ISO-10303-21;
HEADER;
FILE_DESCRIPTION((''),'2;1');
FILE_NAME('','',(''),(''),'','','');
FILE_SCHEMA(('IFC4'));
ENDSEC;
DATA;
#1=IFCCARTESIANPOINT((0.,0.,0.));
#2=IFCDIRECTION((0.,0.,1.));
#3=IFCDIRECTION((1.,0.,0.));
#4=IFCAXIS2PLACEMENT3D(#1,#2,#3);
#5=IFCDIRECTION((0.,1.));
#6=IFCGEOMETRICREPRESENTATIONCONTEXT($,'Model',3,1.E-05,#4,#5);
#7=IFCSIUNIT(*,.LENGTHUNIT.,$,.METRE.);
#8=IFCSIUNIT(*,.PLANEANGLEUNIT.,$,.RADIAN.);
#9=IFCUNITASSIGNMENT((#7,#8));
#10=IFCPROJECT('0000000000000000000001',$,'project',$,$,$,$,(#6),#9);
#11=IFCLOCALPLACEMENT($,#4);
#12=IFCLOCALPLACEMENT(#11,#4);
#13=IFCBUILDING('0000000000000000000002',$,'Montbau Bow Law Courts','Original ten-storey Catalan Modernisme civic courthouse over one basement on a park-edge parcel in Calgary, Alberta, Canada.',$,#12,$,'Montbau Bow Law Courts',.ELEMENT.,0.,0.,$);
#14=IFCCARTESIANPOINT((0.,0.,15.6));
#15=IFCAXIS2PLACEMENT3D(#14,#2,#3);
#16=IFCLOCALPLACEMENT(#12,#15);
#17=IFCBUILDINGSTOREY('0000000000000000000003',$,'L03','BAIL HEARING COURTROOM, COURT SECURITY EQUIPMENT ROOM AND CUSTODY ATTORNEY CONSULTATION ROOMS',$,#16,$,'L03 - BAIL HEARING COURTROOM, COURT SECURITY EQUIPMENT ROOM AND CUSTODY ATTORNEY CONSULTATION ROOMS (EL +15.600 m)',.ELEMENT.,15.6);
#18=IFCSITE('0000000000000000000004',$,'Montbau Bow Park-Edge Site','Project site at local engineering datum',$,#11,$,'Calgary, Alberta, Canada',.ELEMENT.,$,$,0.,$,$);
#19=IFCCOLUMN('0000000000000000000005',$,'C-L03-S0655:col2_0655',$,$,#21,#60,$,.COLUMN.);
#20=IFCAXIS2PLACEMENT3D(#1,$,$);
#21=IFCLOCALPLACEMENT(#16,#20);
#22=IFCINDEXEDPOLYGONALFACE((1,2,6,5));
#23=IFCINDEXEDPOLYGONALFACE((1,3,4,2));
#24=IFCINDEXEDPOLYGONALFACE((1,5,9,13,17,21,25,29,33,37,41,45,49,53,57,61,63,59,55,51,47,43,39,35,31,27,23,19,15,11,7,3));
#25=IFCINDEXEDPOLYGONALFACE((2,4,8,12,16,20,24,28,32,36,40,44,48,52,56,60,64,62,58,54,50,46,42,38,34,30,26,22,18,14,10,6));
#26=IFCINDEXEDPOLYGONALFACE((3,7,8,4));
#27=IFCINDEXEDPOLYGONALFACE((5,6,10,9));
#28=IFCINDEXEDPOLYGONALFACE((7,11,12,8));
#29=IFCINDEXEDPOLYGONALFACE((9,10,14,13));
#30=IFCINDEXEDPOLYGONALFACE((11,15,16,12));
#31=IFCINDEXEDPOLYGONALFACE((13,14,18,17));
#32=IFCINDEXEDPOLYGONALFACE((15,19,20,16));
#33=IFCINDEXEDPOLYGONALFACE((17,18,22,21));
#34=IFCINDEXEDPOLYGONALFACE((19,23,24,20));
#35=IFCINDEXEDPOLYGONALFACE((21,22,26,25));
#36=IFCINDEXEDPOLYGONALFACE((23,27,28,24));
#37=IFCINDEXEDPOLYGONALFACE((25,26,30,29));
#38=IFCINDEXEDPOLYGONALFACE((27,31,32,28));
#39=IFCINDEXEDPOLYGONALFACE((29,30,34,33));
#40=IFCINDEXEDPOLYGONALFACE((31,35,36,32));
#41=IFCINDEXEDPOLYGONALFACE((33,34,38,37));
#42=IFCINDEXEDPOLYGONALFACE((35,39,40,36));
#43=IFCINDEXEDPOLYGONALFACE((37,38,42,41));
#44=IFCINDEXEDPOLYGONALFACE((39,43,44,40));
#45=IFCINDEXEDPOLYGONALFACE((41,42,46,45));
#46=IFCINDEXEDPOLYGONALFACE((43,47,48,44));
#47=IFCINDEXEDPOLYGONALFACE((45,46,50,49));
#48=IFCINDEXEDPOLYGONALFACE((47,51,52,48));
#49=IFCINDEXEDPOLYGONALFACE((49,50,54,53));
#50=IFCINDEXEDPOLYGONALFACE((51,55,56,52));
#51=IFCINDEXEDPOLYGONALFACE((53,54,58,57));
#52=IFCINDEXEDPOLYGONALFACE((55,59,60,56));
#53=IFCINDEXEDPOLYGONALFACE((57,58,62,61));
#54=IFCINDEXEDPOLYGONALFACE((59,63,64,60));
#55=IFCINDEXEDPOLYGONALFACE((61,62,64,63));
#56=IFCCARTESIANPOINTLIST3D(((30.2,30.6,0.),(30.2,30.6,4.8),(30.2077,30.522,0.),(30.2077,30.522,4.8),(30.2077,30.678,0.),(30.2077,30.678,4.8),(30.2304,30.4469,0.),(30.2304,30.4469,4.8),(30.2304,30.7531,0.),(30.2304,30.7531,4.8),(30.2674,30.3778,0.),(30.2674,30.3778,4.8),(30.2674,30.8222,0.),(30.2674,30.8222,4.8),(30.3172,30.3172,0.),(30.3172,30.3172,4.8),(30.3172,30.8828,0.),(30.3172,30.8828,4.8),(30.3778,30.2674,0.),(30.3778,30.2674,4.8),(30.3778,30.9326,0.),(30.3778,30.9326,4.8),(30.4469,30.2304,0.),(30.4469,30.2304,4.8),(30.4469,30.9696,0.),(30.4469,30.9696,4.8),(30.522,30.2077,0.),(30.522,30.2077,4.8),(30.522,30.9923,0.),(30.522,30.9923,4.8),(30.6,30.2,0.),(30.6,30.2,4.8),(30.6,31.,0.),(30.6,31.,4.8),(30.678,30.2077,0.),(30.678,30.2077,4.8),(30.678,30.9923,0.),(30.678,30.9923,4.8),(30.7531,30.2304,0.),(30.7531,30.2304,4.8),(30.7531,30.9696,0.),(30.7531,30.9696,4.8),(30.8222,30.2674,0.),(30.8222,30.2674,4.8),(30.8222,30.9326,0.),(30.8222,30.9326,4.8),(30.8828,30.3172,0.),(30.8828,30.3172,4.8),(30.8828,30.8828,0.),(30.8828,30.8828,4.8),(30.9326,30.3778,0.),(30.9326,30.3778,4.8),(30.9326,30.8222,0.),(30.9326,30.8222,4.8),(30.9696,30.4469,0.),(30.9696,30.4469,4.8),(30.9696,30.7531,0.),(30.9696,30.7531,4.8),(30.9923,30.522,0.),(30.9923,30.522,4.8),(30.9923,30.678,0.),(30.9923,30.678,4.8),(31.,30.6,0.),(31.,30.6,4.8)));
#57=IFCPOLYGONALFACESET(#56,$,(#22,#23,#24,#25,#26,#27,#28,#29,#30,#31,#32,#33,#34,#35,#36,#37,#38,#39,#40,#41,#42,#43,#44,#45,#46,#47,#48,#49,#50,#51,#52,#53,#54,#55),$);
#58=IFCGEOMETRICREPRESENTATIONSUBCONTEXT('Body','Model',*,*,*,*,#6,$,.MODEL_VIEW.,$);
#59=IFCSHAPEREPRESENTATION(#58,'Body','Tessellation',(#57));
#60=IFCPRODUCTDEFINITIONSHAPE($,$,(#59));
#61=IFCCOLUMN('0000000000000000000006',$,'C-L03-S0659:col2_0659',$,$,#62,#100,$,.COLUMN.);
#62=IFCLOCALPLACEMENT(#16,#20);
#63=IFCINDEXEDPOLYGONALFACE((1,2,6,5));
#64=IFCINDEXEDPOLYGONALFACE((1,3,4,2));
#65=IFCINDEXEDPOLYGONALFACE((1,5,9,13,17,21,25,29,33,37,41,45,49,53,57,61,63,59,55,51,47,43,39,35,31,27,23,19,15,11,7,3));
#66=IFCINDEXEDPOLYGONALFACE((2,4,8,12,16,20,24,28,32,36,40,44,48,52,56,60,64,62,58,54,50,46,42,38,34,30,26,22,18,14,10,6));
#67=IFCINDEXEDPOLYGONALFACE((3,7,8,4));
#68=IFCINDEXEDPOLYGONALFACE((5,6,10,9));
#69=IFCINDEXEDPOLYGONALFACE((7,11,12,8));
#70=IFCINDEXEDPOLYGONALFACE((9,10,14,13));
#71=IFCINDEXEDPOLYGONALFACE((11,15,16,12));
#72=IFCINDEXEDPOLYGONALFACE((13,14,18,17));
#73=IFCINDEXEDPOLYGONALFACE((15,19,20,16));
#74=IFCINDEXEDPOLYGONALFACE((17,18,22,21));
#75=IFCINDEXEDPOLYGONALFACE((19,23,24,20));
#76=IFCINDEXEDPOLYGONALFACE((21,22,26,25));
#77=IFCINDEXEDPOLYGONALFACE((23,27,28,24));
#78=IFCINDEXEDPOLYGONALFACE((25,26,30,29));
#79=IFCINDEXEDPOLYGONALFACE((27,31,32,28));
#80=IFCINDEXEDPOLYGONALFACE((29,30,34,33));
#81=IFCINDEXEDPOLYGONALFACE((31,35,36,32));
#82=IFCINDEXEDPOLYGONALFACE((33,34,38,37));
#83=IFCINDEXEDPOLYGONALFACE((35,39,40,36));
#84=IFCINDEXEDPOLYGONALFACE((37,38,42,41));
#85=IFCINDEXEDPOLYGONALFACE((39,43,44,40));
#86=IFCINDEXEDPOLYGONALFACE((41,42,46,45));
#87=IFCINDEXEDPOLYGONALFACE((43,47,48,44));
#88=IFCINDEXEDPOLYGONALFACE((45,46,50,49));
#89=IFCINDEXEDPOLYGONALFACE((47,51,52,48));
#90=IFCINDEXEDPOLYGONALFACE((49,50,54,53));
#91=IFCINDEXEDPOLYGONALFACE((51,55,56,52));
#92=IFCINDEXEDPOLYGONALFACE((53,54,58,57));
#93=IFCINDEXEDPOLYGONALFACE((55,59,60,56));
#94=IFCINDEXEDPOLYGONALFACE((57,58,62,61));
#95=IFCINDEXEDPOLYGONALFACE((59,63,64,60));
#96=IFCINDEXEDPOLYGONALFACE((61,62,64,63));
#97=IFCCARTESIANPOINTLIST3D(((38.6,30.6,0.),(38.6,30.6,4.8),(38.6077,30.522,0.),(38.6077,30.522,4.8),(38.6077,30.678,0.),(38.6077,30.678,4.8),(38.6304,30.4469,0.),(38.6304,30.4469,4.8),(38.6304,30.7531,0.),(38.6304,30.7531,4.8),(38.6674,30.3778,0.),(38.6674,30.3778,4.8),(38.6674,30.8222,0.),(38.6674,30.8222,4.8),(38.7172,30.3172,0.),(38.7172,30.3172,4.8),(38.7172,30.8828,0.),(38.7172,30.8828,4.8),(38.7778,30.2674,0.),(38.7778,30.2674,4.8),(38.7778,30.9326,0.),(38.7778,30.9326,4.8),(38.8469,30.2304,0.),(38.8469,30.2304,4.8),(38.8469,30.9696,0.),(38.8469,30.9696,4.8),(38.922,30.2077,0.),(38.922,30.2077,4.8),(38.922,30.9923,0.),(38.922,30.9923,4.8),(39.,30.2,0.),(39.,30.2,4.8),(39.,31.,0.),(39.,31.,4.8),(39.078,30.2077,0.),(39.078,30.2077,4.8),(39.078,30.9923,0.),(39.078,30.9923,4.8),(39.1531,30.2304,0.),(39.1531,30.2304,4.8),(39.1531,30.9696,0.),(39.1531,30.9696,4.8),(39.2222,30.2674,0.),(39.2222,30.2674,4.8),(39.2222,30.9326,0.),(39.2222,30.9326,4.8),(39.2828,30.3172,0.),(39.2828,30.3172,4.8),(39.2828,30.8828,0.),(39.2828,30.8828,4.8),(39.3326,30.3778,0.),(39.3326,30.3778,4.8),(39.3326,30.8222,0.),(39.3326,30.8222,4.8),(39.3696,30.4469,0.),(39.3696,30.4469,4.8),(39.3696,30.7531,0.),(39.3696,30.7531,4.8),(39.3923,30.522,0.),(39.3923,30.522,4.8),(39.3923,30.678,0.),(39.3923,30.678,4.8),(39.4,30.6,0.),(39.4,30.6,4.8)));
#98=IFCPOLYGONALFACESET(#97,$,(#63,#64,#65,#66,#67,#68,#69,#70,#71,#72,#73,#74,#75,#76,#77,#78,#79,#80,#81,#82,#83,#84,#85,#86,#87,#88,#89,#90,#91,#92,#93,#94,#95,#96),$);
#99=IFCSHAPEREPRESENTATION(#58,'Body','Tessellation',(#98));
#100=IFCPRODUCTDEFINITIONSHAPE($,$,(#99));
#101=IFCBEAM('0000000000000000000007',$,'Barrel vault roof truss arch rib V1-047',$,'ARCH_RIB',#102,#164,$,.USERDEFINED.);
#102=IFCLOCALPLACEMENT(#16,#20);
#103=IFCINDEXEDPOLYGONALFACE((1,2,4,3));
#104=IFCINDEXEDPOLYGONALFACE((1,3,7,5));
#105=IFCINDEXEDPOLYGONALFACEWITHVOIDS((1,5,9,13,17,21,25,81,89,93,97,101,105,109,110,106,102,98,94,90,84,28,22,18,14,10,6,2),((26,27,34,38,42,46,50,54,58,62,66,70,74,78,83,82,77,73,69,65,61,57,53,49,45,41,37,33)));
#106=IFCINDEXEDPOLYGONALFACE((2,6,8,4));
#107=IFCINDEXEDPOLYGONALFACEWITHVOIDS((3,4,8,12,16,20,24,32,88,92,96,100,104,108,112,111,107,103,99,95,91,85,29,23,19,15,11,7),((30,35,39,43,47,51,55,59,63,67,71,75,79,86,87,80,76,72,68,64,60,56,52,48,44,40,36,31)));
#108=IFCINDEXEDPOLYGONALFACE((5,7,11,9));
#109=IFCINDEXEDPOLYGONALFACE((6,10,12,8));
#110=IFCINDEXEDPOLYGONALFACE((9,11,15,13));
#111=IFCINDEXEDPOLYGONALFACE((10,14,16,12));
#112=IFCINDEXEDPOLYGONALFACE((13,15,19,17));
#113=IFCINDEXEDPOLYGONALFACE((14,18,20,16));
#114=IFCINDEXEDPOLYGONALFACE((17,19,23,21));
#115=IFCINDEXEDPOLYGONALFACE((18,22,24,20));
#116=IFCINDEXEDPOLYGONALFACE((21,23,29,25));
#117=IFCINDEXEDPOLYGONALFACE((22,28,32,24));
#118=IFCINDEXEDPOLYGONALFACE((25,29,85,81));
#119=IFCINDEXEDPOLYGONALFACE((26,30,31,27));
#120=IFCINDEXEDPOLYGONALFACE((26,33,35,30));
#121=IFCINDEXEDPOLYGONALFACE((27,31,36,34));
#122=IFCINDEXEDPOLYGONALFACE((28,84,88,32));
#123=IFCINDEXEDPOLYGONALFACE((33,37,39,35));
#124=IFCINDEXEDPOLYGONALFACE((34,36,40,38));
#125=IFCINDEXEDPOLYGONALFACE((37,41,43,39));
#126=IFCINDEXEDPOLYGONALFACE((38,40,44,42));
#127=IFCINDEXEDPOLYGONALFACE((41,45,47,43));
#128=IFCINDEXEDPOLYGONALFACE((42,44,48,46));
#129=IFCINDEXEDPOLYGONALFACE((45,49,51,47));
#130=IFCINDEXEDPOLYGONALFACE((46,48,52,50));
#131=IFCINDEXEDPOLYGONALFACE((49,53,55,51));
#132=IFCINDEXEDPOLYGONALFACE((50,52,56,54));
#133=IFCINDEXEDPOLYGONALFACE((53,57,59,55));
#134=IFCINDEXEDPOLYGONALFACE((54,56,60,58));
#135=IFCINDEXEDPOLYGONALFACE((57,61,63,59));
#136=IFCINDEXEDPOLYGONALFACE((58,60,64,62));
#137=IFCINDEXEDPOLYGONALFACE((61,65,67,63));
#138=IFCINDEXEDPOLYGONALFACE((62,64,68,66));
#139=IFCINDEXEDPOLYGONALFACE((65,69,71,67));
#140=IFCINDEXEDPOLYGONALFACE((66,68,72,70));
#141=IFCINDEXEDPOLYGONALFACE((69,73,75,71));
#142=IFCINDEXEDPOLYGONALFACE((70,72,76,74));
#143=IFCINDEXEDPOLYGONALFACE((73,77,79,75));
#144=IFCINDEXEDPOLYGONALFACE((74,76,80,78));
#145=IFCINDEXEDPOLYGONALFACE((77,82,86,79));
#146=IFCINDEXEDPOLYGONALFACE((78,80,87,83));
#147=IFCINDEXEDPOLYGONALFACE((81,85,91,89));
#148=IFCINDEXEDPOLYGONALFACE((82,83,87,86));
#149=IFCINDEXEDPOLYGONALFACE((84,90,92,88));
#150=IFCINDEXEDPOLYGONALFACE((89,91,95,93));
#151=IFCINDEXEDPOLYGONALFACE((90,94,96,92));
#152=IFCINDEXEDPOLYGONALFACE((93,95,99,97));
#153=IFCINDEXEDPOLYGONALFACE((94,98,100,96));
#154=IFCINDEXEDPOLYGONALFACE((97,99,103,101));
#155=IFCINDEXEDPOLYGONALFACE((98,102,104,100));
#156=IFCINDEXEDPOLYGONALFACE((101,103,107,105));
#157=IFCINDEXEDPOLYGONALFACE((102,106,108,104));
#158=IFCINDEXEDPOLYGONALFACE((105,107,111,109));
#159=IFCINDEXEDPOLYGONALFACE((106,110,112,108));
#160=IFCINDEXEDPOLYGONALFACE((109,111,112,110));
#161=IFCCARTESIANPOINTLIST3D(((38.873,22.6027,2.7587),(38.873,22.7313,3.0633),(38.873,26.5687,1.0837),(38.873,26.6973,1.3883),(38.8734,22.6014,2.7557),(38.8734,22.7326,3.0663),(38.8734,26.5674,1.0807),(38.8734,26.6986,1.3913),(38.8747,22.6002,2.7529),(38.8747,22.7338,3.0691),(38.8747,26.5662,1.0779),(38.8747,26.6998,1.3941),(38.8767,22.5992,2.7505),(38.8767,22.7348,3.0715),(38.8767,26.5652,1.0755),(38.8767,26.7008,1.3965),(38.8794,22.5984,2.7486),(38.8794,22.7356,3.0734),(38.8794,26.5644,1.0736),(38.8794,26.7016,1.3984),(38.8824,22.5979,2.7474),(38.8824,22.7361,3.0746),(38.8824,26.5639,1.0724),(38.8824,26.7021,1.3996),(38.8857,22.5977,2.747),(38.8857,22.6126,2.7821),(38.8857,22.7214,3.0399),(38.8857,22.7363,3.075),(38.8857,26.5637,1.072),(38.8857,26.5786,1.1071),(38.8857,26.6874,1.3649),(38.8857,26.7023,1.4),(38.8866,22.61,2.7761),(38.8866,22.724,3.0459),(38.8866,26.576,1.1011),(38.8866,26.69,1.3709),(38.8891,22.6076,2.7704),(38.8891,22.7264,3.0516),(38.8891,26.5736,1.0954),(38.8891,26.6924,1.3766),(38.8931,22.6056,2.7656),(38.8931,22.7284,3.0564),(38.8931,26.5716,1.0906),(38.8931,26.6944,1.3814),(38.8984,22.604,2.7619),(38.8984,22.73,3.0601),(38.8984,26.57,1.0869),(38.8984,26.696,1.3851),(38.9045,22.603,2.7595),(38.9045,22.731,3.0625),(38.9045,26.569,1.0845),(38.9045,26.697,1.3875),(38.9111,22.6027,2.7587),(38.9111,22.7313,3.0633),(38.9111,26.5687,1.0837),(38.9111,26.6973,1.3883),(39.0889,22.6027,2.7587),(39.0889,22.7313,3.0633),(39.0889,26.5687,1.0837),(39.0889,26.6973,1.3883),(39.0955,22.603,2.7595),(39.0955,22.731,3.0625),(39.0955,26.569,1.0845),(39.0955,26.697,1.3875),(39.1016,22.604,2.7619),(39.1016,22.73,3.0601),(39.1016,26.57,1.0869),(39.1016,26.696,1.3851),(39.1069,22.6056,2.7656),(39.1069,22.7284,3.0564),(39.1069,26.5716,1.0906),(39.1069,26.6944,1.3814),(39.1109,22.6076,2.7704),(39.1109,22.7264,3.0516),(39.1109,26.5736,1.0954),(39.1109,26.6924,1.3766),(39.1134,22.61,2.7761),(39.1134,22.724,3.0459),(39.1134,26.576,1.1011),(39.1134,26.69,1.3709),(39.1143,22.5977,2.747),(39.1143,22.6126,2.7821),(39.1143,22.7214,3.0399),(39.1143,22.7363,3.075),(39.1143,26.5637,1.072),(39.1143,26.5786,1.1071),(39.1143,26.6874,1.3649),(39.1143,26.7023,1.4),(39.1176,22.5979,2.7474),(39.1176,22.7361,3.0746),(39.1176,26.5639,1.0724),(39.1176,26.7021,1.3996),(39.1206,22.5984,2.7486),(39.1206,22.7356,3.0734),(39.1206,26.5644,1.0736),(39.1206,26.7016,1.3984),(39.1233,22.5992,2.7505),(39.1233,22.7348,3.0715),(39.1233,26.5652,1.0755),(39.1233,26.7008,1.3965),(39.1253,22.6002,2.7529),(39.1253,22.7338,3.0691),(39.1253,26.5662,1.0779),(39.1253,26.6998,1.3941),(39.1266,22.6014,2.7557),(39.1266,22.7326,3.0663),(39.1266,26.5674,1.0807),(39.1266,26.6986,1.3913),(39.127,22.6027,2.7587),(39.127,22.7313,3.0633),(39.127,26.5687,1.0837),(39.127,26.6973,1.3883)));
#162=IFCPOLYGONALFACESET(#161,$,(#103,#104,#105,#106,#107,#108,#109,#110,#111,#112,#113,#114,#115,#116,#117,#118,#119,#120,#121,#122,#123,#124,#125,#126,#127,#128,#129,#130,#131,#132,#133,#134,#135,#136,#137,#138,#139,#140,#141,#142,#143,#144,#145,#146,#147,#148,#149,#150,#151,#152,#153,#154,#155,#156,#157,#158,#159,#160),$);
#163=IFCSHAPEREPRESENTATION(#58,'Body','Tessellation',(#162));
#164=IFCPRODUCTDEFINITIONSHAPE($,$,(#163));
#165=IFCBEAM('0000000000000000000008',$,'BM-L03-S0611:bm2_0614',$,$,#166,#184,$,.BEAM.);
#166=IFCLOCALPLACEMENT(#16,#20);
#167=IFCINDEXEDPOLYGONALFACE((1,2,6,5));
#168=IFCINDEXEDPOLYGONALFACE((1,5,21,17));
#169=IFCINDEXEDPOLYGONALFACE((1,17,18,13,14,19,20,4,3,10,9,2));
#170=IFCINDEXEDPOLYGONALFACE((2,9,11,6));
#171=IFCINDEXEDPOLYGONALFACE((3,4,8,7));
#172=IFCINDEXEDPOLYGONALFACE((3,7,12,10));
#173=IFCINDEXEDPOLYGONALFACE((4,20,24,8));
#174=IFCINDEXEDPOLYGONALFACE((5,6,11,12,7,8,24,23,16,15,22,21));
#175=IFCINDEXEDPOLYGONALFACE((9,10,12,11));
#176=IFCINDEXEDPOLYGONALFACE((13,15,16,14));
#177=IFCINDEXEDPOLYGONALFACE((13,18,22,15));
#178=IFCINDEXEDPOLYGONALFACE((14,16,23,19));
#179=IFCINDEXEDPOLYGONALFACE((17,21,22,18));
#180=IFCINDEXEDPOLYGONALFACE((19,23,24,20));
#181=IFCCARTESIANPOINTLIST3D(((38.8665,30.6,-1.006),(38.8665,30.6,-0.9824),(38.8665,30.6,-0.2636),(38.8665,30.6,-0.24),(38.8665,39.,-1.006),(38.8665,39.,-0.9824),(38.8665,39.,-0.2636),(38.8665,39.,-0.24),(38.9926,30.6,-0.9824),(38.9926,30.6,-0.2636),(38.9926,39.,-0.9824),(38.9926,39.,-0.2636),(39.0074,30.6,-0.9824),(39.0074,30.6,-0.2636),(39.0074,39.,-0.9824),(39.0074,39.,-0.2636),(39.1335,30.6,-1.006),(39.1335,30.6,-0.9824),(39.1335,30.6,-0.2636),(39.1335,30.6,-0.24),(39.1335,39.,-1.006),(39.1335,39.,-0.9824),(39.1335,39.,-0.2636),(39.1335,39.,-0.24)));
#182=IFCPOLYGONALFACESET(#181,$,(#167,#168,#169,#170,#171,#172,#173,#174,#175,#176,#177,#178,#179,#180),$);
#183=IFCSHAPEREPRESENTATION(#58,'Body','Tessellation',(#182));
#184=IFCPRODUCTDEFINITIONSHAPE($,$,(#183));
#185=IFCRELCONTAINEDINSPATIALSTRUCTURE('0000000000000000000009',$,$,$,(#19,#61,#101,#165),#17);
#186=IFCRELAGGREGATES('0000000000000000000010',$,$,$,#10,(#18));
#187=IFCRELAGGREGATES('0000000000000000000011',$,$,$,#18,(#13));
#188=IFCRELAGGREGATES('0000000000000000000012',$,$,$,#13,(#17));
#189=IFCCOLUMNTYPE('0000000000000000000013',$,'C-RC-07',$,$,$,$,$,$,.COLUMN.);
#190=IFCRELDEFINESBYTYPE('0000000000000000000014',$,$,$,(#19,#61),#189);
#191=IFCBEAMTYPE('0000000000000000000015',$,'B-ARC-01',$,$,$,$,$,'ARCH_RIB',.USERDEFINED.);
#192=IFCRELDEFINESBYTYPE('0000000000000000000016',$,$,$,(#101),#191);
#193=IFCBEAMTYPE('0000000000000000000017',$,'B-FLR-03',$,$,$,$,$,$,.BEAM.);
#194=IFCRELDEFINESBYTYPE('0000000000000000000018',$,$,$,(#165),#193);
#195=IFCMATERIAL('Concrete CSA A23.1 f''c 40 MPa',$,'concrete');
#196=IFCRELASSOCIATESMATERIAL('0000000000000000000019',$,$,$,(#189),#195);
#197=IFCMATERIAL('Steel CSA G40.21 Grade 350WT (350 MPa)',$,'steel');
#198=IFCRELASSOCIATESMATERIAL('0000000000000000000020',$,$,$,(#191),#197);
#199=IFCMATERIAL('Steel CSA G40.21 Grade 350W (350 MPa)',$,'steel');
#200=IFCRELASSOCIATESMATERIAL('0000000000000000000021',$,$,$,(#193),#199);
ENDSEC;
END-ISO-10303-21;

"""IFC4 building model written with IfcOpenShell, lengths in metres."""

from ifc_helpers import new_model, si_unit, direction, frame, origin_with_axes, origin_2d_with_axis, place, context, subcontext, project, spatial, hollow_rectangle, circle, i_section, extrude, material, material_profile, profile_set, type_object, element, save


model = new_model("IFC4")

# Units and contexts
model_context = context("Model", 3, precision=1e-05, world=origin_with_axes(), true_north=direction((0.0, 1.0)))
body_context = subcontext(model_context, "Body", "Model", "MODEL_VIEW")
ifc_project = project(units=[si_unit("LENGTHUNIT", "METRE"), si_unit("PLANEANGLEUNIT", "RADIAN")], contexts=[model_context])

# Site, building, storey
site_placement = place(None, origin_with_axes())
site = spatial("IfcSite", under=ifc_project, at=site_placement, Name="Montbau Bow Park-Edge Site", Description="Project site at local engineering datum", LongName="Calgary, Alberta, Canada", CompositionType="ELEMENT", RefElevation=0.0)
building_placement = place(site_placement, origin_with_axes())
building = spatial("IfcBuilding", under=site, at=building_placement, Name="Montbau Bow Law Courts", Description="Original ten-storey Catalan Modernisme civic courthouse over one basement on a park-edge parcel in Calgary, Alberta, Canada.", LongName="Montbau Bow Law Courts", CompositionType="ELEMENT", ElevationOfRefHeight=0.0, ElevationOfTerrain=0.0)
storey_placement = place(building_placement, frame((0.0, 0.0, 15.6), z_axis=(0.0, 0.0, 1.0), x_axis=(1.0, 0.0, 0.0)))
storey = spatial("IfcBuildingStorey", under=building, at=storey_placement, Name="L03", Description="BAIL HEARING COURTROOM, COURT SECURITY EQUIPMENT ROOM AND CUSTODY ATTORNEY CONSULTATION ROOMS", LongName="L03 - BAIL HEARING COURTROOM, COURT SECURITY EQUIPMENT ROOM AND CUSTODY ATTORNEY CONSULTATION ROOMS (EL +15.600 m)", CompositionType="ELEMENT", Elevation=15.6)

# Columns
ifc_material_1 = material(Name="Concrete CSA A23.1 f'c 40 MPa", Category="concrete")
ifc_material_profile_1 = material_profile(ifc_material_1, circle(Radius=0.4, at=origin_2d_with_axis()), Name="RC800D", Category="Main", Priority=0)
ifc_profile_set_1 = profile_set([ifc_material_profile_1], Name="Concrete CSA A23.1 f'c 40 MPa")
column_type = type_object("IfcColumnType", Name="C-RC-07", PredefinedType="COLUMN", material=ifc_profile_set_1)
for number, where, z_axis, x_axis, name in (
    (1, (30.6, 30.6, 15.6), (0.0, 0.0, 1.0), (1.0, 0.0, 0.0), "C-L03-S0655:col2_0655"),
    (2, (39.0, 30.6, 15.6), (0.0, 0.0, 1.0), (1.0, 0.0, 0.0), "C-L03-S0659:col2_0659"),
):
    element("IfcColumn", number, at=place(None, frame(where, z_axis=z_axis, x_axis=x_axis)), inside=storey, type_object=column_type, Name=name, PredefinedType="COLUMN", context=body_context, shape_type="SweptSolid", body=[
        extrude(circle(Radius=0.4, at=origin_2d_with_axis()), origin_with_axes(), (0.0, 0.0, 1.0), 4.8),
    ])

# Beams
ifc_material_2 = material(Name="Steel CSA G40.21 Grade 350WT (350 MPa)", Category="steel")
ifc_material_profile_2 = material_profile(ifc_material_2, hollow_rectangle(XDim=0.254, YDim=0.356, WallThickness=0.0127, InnerFilletRadius=0.0254, OuterFilletRadius=0.0127, at=origin_2d_with_axis()), Name="HSS356X254X13", Category="Main", Priority=0)
ifc_profile_set_2 = profile_set([ifc_material_profile_2], Name="Steel CSA G40.21 Grade 350WT (350 MPa)")
beam_type_1 = type_object("IfcBeamType", Name="B-ARC-01", ElementType="ARCH_RIB", PredefinedType="USERDEFINED", material=ifc_profile_set_2)
beam_1_placement = place(None, frame((39.0, 22.667, 18.511), z_axis=(0.0, 0.921211, -0.389064), x_axis=(-1.0, 0.0, 0.0)))
element("IfcBeam", 3, at=beam_1_placement, inside=storey, type_object=beam_type_1, Name="Barrel vault roof truss arch rib V1-047", ObjectType="ARCH_RIB", PredefinedType="USERDEFINED", context=body_context, shape_type="SweptSolid", body=[
    extrude(hollow_rectangle(XDim=0.254, YDim=0.356, WallThickness=0.0127, InnerFilletRadius=0.0254, OuterFilletRadius=0.0127, at=origin_2d_with_axis()), origin_with_axes(), (0.0, 0.0, 1.0), 4.3052),
])
ifc_material_3 = material(Name="Steel CSA G40.21 Grade 350W (350 MPa)", Category="steel")
ifc_material_profile_3 = material_profile(ifc_material_3, i_section(OverallWidth=0.267, OverallDepth=0.766, WebThickness=0.0149, FlangeThickness=0.0236, at=origin_2d_with_axis()), Name="W760X185", Category="Main", Priority=0)
ifc_profile_set_3 = profile_set([ifc_material_profile_3], Name="Steel CSA G40.21 Grade 350W (350 MPa)")
beam_type_2 = type_object("IfcBeamType", Name="B-FLR-03", PredefinedType="BEAM", material=ifc_profile_set_3)
beam_2_placement = place(None, frame((39.0, 30.6, 14.977), z_axis=(0.0, 1.0, 0.0), x_axis=(-1.0, 0.0, 0.0)))
element("IfcBeam", 4, at=beam_2_placement, inside=storey, type_object=beam_type_2, Name="BM-L03-S0611:bm2_0614", PredefinedType="BEAM", context=body_context, shape_type="SweptSolid", body=[
    extrude(i_section(OverallWidth=0.267, OverallDepth=0.766, WebThickness=0.0149, FlangeThickness=0.0236, at=origin_2d_with_axis()), origin_with_axes(), (0.0, 0.0, 1.0), 8.4),
])

save(model, "model.ifc")
